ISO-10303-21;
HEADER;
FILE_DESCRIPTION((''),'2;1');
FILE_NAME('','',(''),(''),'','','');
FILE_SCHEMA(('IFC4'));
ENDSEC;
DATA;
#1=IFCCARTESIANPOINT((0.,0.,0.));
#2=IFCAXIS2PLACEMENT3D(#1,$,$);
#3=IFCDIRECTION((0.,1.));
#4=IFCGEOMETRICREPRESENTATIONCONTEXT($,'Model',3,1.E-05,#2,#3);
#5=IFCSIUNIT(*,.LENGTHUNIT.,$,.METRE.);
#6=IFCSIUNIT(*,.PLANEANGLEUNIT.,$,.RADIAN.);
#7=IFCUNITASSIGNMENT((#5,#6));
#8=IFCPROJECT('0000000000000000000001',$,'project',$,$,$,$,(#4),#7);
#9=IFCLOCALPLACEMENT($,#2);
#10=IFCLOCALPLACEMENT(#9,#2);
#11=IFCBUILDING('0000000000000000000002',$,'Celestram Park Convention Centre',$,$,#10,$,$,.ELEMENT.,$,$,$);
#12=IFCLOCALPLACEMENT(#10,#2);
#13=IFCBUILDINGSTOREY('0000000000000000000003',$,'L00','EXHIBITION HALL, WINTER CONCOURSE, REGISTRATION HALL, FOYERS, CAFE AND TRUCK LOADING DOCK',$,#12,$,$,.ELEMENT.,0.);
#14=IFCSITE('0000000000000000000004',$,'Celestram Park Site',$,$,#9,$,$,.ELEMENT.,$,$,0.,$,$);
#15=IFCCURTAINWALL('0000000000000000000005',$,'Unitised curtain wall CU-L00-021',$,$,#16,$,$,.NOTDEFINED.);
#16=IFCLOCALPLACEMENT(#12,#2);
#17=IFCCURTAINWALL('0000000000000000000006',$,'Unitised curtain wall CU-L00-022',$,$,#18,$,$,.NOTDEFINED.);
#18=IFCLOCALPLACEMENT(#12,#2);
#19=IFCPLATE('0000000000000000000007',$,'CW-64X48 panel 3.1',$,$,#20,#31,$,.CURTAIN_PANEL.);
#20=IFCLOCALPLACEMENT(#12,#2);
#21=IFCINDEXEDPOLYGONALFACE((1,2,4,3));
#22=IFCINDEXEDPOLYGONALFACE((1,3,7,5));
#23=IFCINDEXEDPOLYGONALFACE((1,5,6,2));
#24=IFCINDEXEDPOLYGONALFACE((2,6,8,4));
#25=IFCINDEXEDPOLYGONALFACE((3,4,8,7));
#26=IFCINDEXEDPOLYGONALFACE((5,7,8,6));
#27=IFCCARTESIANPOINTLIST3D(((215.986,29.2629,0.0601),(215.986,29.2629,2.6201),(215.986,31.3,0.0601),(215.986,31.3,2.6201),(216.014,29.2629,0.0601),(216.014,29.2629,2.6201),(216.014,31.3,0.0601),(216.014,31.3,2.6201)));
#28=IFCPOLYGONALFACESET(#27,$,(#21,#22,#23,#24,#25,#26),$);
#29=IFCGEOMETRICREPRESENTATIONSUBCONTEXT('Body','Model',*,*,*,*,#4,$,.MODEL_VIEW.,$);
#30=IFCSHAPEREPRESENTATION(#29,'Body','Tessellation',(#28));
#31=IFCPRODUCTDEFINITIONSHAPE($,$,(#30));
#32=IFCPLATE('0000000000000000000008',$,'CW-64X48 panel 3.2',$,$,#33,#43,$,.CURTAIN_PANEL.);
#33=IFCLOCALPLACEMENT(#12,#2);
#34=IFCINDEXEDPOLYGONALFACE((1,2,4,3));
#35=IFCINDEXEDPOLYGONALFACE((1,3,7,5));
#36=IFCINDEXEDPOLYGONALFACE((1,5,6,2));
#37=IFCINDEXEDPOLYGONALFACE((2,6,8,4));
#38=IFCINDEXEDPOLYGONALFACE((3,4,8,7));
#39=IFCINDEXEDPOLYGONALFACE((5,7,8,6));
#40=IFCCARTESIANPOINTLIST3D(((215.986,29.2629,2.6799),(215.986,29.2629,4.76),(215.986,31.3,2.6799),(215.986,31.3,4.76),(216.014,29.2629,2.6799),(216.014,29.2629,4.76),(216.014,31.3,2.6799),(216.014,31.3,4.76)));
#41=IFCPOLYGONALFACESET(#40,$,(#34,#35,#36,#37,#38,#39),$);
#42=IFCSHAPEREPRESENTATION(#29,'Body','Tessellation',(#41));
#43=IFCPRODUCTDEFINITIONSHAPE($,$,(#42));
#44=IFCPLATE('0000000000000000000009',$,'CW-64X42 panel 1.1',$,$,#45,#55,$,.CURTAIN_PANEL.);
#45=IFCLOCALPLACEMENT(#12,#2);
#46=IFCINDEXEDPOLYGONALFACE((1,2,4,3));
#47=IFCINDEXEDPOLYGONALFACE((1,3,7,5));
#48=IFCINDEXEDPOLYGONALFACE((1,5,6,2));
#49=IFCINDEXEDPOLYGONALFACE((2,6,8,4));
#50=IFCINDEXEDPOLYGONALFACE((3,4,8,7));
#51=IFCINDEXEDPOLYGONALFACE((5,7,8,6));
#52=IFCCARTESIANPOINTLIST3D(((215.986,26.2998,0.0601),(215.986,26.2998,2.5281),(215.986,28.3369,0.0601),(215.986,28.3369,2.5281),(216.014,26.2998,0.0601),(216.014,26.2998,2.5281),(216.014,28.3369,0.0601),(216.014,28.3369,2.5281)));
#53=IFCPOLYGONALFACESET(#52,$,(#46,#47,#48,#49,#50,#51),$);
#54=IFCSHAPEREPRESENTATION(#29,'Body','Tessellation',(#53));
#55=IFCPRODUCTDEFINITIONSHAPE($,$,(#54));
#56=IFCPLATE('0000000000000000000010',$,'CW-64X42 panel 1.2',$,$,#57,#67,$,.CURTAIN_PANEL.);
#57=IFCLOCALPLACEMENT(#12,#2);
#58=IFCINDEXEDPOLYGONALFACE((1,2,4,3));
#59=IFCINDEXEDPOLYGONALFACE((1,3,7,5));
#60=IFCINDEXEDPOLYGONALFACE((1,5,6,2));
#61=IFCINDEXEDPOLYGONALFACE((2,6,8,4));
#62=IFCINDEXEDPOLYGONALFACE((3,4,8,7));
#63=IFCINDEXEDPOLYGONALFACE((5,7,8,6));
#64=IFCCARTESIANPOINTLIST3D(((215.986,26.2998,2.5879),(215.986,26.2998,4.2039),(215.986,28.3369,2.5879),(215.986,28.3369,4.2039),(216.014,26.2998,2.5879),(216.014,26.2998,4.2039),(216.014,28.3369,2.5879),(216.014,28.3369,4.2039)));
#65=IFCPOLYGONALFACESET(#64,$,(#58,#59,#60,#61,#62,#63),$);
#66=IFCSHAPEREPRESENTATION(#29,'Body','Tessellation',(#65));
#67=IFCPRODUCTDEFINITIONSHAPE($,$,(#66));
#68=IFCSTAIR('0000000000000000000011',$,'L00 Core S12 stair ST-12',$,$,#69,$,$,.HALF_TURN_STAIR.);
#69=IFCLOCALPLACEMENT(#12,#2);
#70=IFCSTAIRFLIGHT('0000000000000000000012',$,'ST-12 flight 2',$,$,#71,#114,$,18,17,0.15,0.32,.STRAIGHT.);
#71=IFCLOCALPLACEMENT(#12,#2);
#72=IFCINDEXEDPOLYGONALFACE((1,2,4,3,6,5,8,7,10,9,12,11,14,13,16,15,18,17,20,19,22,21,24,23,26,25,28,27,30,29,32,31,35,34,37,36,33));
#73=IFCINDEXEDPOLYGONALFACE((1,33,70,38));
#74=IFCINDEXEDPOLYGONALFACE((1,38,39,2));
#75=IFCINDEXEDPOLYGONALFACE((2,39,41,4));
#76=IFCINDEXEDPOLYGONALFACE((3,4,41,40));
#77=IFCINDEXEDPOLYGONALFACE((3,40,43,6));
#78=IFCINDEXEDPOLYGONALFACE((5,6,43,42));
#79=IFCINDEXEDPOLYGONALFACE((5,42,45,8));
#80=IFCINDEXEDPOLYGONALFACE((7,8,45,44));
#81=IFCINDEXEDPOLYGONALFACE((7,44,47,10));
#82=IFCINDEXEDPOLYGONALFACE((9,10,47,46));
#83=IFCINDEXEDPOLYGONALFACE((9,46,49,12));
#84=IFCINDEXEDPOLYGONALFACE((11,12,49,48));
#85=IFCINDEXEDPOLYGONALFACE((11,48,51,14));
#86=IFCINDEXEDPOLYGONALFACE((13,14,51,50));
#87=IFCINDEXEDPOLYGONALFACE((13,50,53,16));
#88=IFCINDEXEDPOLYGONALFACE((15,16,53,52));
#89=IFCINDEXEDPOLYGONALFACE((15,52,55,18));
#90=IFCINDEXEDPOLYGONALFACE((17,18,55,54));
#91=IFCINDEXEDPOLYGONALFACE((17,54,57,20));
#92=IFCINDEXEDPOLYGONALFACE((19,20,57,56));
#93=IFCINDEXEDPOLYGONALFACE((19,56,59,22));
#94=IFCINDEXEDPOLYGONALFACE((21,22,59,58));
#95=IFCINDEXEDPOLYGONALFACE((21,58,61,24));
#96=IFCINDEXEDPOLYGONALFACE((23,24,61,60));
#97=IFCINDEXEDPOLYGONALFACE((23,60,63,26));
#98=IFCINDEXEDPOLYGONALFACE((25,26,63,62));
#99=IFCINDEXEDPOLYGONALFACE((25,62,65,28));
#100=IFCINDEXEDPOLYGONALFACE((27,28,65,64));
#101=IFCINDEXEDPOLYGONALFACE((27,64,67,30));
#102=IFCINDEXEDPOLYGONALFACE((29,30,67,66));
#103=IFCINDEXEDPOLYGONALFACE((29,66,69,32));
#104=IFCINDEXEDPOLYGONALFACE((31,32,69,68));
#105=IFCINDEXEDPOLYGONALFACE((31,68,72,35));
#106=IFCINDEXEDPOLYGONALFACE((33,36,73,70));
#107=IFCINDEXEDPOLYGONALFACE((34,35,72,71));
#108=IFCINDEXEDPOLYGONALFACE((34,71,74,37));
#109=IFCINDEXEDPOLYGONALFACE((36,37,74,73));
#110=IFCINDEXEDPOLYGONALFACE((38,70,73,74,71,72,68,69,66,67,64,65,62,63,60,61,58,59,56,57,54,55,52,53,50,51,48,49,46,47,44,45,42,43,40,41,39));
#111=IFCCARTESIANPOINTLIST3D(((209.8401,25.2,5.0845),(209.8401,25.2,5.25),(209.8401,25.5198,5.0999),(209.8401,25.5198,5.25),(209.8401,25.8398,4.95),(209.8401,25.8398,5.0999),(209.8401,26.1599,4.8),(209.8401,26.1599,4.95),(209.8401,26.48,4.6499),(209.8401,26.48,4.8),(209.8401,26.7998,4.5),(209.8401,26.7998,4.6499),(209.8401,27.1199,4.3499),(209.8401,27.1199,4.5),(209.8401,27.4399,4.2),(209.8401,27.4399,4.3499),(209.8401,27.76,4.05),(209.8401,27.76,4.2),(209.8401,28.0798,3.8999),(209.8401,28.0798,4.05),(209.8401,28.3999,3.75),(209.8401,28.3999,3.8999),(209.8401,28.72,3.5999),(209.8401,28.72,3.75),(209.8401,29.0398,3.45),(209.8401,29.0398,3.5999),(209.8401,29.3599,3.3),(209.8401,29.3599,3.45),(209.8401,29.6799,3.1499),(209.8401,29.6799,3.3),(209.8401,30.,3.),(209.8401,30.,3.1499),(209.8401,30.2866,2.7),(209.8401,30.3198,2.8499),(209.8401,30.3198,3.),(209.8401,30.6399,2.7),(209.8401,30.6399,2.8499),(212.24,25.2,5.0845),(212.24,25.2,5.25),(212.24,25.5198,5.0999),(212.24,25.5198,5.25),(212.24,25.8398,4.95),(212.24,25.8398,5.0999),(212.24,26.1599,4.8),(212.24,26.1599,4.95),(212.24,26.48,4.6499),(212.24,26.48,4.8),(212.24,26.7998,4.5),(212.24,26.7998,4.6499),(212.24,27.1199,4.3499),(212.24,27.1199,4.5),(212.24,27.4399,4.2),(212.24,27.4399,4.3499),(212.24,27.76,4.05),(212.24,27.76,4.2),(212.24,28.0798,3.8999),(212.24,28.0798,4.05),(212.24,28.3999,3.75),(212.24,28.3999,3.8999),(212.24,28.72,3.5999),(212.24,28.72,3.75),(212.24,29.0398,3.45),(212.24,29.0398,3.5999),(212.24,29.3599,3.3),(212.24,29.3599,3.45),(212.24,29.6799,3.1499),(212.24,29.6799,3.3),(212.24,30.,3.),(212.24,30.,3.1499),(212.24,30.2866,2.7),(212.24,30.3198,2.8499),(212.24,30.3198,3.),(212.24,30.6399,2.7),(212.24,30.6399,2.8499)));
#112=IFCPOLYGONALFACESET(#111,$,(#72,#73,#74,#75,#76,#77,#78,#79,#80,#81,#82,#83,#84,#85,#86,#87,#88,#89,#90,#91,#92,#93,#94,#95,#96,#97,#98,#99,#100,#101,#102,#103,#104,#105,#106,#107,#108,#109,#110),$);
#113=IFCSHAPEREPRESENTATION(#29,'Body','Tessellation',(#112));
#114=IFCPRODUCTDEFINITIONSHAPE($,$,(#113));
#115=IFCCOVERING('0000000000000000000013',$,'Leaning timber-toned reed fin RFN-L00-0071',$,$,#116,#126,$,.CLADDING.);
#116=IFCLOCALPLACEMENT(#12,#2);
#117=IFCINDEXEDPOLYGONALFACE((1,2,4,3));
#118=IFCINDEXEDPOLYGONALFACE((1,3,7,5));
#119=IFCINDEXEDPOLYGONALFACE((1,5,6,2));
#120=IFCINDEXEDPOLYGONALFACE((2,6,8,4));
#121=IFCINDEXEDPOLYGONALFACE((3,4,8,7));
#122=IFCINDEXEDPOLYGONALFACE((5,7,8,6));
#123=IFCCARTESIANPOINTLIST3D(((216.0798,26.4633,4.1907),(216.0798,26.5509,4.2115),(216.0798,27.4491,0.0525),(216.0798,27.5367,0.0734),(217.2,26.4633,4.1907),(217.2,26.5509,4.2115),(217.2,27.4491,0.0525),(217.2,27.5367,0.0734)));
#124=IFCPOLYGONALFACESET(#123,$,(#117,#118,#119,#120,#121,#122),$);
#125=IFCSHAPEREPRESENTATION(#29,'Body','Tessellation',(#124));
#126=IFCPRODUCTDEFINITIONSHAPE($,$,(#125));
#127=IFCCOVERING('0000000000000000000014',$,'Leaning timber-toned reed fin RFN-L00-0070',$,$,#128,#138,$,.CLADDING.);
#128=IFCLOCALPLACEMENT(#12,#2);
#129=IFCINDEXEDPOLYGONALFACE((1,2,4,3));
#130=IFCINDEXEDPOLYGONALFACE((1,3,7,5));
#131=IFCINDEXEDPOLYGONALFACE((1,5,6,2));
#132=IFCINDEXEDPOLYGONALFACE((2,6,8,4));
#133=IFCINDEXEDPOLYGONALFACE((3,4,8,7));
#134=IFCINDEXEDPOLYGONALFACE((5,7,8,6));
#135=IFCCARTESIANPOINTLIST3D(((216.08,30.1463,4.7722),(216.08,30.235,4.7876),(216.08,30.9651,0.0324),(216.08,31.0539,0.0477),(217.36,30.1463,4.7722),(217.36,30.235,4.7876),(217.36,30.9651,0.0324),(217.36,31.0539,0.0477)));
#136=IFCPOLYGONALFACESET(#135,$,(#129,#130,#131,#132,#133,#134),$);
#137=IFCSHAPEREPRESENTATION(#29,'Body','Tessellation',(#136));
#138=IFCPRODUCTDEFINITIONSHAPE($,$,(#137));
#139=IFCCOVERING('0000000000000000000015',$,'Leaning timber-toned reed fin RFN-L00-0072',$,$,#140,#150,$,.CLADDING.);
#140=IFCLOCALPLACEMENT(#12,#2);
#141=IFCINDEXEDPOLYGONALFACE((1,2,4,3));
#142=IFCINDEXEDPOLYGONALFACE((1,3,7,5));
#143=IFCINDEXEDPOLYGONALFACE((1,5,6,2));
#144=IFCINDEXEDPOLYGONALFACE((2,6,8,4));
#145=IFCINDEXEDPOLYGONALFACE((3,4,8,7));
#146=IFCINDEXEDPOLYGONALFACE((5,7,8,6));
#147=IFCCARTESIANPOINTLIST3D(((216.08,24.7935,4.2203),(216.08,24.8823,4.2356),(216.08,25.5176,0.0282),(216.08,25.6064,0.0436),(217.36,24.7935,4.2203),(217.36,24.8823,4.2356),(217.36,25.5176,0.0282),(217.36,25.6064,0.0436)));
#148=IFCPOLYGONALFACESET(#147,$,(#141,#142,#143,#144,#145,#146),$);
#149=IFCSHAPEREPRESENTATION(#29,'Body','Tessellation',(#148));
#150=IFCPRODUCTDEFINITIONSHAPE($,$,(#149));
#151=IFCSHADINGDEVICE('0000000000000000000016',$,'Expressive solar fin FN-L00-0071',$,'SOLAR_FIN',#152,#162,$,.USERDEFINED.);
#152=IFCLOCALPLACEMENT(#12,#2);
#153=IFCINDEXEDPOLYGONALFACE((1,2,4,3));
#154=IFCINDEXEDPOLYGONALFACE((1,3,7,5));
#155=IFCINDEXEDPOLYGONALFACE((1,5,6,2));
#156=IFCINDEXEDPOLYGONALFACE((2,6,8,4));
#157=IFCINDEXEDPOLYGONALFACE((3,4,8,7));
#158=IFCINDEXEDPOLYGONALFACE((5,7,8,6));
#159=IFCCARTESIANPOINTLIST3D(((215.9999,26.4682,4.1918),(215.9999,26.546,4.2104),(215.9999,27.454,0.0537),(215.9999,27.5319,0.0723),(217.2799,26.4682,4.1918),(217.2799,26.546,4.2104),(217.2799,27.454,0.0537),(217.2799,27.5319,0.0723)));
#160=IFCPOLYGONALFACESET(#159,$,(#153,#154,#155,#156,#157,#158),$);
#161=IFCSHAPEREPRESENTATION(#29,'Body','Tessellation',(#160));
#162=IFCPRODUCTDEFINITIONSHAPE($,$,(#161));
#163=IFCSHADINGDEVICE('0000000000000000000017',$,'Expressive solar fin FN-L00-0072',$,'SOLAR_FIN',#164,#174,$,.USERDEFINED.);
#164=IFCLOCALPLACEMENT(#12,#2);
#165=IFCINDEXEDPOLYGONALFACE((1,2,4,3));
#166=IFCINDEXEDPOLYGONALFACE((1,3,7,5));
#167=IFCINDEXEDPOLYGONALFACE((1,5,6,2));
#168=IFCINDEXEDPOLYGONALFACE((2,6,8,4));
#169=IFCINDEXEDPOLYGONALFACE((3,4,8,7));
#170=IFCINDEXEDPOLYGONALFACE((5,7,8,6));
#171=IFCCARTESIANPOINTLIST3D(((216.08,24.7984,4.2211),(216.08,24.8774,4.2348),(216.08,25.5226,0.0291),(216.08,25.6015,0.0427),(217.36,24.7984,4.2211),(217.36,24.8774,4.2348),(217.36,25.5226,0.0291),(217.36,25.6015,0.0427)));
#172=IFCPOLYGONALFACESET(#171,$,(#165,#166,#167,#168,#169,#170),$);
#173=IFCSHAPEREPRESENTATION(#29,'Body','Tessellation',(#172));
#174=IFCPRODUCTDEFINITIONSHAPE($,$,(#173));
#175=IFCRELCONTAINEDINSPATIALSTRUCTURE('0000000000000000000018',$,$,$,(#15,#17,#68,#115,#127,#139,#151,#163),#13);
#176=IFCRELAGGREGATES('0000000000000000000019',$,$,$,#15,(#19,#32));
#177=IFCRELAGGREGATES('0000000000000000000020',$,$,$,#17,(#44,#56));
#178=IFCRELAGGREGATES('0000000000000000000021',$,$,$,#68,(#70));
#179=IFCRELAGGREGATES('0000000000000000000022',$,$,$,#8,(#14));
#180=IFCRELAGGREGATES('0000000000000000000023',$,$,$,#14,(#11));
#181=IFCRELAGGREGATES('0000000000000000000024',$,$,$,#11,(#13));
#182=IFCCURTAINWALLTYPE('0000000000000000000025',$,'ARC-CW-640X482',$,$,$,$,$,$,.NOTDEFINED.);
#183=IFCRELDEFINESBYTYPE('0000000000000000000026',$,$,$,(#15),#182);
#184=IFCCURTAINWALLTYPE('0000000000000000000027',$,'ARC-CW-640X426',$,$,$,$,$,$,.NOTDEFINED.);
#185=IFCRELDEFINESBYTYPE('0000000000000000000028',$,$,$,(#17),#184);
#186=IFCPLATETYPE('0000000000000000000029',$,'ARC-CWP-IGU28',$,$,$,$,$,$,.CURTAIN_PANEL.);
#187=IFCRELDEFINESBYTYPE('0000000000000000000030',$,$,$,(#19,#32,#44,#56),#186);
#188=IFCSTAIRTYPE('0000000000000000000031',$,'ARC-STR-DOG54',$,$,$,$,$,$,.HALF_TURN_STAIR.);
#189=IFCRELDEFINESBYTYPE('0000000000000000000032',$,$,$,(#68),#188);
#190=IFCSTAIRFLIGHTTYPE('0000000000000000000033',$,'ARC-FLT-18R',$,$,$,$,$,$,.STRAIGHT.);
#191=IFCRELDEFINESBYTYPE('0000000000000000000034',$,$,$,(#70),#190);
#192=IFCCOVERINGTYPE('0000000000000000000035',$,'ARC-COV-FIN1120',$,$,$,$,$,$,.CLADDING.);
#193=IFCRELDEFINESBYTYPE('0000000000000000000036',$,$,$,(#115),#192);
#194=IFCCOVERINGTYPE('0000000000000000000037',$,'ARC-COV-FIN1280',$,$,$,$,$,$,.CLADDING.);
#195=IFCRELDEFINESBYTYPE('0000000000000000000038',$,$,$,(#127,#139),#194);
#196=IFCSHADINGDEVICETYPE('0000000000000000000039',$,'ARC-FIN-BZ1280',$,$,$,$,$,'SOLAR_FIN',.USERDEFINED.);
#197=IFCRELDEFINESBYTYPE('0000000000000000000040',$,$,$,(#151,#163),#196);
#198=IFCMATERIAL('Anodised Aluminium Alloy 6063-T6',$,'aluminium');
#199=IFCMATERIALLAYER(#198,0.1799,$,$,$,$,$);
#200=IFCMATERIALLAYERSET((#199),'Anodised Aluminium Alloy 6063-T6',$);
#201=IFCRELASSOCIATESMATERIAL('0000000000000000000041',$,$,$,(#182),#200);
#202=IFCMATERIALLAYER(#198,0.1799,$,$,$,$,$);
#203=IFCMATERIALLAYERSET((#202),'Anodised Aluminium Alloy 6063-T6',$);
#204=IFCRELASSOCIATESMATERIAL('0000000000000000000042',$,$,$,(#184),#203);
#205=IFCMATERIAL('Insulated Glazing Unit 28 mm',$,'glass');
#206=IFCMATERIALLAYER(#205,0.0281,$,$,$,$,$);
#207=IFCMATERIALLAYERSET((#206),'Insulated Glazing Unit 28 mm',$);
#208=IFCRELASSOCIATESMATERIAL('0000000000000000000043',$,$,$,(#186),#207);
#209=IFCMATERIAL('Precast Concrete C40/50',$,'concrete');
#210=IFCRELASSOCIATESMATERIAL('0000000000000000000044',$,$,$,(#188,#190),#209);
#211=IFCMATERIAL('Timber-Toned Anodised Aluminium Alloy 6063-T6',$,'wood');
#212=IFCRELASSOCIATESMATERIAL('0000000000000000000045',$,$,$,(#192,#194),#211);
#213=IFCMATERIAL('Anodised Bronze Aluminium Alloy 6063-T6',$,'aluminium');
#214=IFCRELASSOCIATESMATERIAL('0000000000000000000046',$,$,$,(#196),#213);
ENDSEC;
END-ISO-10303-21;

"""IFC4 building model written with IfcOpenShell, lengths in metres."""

from ifc_helpers import new_model, si_unit, direction, frame, origin, origin_2d, place, context, subcontext, project, spatial, polyline, rectangle, outline, extrude, material, layer, layer_set, material_profile, profile_set, type_object, element, aggregate, save


model = new_model("IFC4")

# Units and contexts
model_context = context("Model", 3, precision=1e-05, world=origin(), true_north=direction((0.0, 1.0)))
body_context = subcontext(model_context, "Body", "Model", "MODEL_VIEW")
ifc_project = project(units=[si_unit("LENGTHUNIT", "METRE"), si_unit("PLANEANGLEUNIT", "RADIAN")], contexts=[model_context])

# Site, building, storey
site_placement = place(None, origin())
site = spatial("IfcSite", under=ifc_project, at=site_placement, Name="Celestram Park Site", CompositionType="ELEMENT", RefElevation=0.0)
building_placement = place(site_placement, origin())
building = spatial("IfcBuilding", under=site, at=building_placement, Name="Celestram Park Convention Centre", CompositionType="ELEMENT")
storey_placement = place(building_placement, origin())
storey = spatial("IfcBuildingStorey", under=building, at=storey_placement, Name="L00", Description="EXHIBITION HALL, WINTER CONCOURSE, REGISTRATION HALL, FOYERS, CAFE AND TRUCK LOADING DOCK", CompositionType="ELEMENT", Elevation=0.0)

# Curtain wall
ifc_material_1 = material(Name="Anodised Aluminium Alloy 6063-T6", Category="aluminium")
ifc_layer_1 = layer(ifc_material_1, 0.1799)
ifc_layer_set_1 = layer_set([ifc_layer_1], Name="Anodised Aluminium Alloy 6063-T6")
curtain_wall_type_1 = type_object("IfcCurtainWallType", Name="ARC-CW-640X482", PredefinedType="NOTDEFINED", material=ifc_layer_set_1)
curtain_wall_1_placement = place(storey_placement, origin())
curtain_wall_1 = element("IfcCurtainWall", 1, at=curtain_wall_1_placement, inside=storey, type_object=curtain_wall_type_1, Name="Unitised curtain wall CU-L00-021", PredefinedType="NOTDEFINED")

# Curtain wall
ifc_layer_2 = layer(ifc_material_1, 0.1799)
ifc_layer_set_2 = layer_set([ifc_layer_2], Name="Anodised Aluminium Alloy 6063-T6")
curtain_wall_type_2 = type_object("IfcCurtainWallType", Name="ARC-CW-640X426", PredefinedType="NOTDEFINED", material=ifc_layer_set_2)
curtain_wall_2_placement = place(storey_placement, origin())
curtain_wall_2 = element("IfcCurtainWall", 2, at=curtain_wall_2_placement, inside=storey, type_object=curtain_wall_type_2, Name="Unitised curtain wall CU-L00-022", PredefinedType="NOTDEFINED")

# Plates
ifc_material_2 = material(Name="Insulated Glazing Unit 28 mm", Category="glass")
ifc_layer_3 = layer(ifc_material_2, 0.0281)
ifc_layer_set_3 = layer_set([ifc_layer_3], Name="Insulated Glazing Unit 28 mm")
plate_type = type_object("IfcPlateType", Name="ARC-CWP-IGU28", PredefinedType="CURTAIN_PANEL", material=ifc_layer_set_3)
plate_1_placement = place(storey_placement, frame((216.0, 30.2815, 0.0601), z_axis=(0.0, 0.0, 1.0), x_axis=(0.0, -1.0, 0.0)))
plate_1 = element("IfcPlate", 3, at=plate_1_placement, type_object=plate_type, Name="CW-64X48 panel 3.1", PredefinedType="CURTAIN_PANEL", context=body_context, shape_type="SweptSolid", body=[
    extrude(rectangle(XDim=2.0371, YDim=0.0281, at=origin_2d()), origin(), (0.0, 0.0, 1.0), 2.5601),
])
plate_2_placement = place(storey_placement, frame((216.0, 30.2815, 2.6799), z_axis=(0.0, 0.0, 1.0), x_axis=(0.0, -1.0, 0.0)))
plate_2 = element("IfcPlate", 4, at=plate_2_placement, type_object=plate_type, Name="CW-64X48 panel 3.2", PredefinedType="CURTAIN_PANEL", context=body_context, shape_type="SweptSolid", body=[
    extrude(rectangle(XDim=2.0371, YDim=0.0281, at=origin_2d()), origin(), (0.0, 0.0, 1.0), 2.0801),
])
aggregate(curtain_wall_1, [plate_1, plate_2])
plate_3_placement = place(storey_placement, frame((216.0, 27.3184, 0.0601), z_axis=(0.0, 0.0, 1.0), x_axis=(0.0, -1.0, 0.0)))
plate_3 = element("IfcPlate", 5, at=plate_3_placement, type_object=plate_type, Name="CW-64X42 panel 1.1", PredefinedType="CURTAIN_PANEL", context=body_context, shape_type="SweptSolid", body=[
    extrude(rectangle(XDim=2.0371, YDim=0.0281, at=origin_2d()), origin(), (0.0, 0.0, 1.0), 2.468),
])
plate_4_placement = place(storey_placement, frame((216.0, 27.3184, 2.5879), z_axis=(0.0, 0.0, 1.0), x_axis=(0.0, -1.0, 0.0)))
plate_4 = element("IfcPlate", 6, at=plate_4_placement, type_object=plate_type, Name="CW-64X42 panel 1.2", PredefinedType="CURTAIN_PANEL", context=body_context, shape_type="SweptSolid", body=[
    extrude(rectangle(XDim=2.0371, YDim=0.0281, at=origin_2d()), origin(), (0.0, 0.0, 1.0), 1.616),
])
aggregate(curtain_wall_2, [plate_3, plate_4])

# Stair, stair flight
ifc_material_3 = material(Name="Precast Concrete C40/50", Category="concrete")
stair_type = type_object("IfcStairType", Name="ARC-STR-DOG54", PredefinedType="HALF_TURN_STAIR", material=ifc_material_3)
stair_placement = place(storey_placement, origin())
stair = element("IfcStair", 7, at=stair_placement, inside=storey, type_object=stair_type, Name="L00 Core S12 stair ST-12", PredefinedType="HALF_TURN_STAIR")
stair_flight_type = type_object("IfcStairFlightType", Name="ARC-FLT-18R", PredefinedType="STRAIGHT", material=ifc_material_3)
stair_flight_placement = place(storey_placement, frame((211.04, 30.6399, 2.7), z_axis=(0.0, 0.0, 1.0), x_axis=(0.0, -1.0, 0.0)))
stair_flight = element("IfcStairFlight", 8, at=stair_flight_placement, type_object=stair_flight_type, Name="ST-12 flight 2", NumberOfRisers=18, NumberOfTreads=17, PredefinedType="STRAIGHT", RiserHeight=0.15, TreadLength=0.32, context=body_context, shape_type="SweptSolid", body=[
    extrude(outline(polyline([(0.0, 0.0), (0.0, 0.1499), (0.3201, 0.1499), (0.3201, 0.3), (0.6399, 0.3), (0.6399, 0.45), (0.96, 0.45), (0.96, 0.6001), (1.28, 0.6001), (1.28, 0.75), (1.6001, 0.75), (1.6001, 0.8999), (1.9199, 0.8999), (1.9199, 1.05), (2.24, 1.05), (2.24, 1.2), (2.5601, 1.2), (2.5601, 1.3501), (2.8799, 1.3501), (2.8799, 1.5), (3.2, 1.5), (3.2, 1.6499), (3.52, 1.6499), (3.52, 1.8), (3.8401, 1.8), (3.8401, 1.95), (4.1599, 1.95), (4.1599, 2.1001), (4.48, 2.1001), (4.48, 2.25), (4.8, 2.25), (4.8, 2.3999), (5.1201, 2.3999), (5.1201, 2.55), (5.4399, 2.55), (5.4399, 2.7), (5.4399, 2.3845), (0.3533, 0.0), (0.0, 0.0)])), frame((0.0, 1.2, 0.0), z_axis=(0.0, -1.0, 0.0), x_axis=(1.0, 0.0, 0.0)), (0.0, 0.0, 1.0), 2.3999),
])
aggregate(stair, [stair_flight])

# Coverings
ifc_material_4 = material(Name="Timber-Toned Anodised Aluminium Alloy 6063-T6", Category="wood")
ifc_material_profile_1 = material_profile(ifc_material_4, rectangle(XDim=1.1201, YDim=0.0901, at=origin_2d()), Name="REED1120X90")
ifc_profile_set_1 = profile_set([ifc_material_profile_1], Name="Timber-Toned Anodised Aluminium Alloy 6063-T6")
covering_type_1 = type_object("IfcCoveringType", Name="ARC-COV-FIN1120", PredefinedType="CLADDING", material=ifc_profile_set_1)
covering_1_placement = place(storey_placement, frame((216.6399, 27.4929, 0.063), z_axis=(0.0, -0.231745, 0.972777), x_axis=(1.0, 0.0, 0.0)))
element("IfcCovering", 9, at=covering_1_placement, inside=storey, type_object=covering_type_1, Name="Leaning timber-toned reed fin RFN-L00-0071", PredefinedType="CLADDING", context=body_context, shape_type="SweptSolid", body=[
    extrude(rectangle(XDim=1.1201, YDim=0.0901, at=origin_2d()), origin(), (0.0, 0.0, 1.0), 4.2539),
])
ifc_material_profile_2 = material_profile(ifc_material_4, rectangle(XDim=1.28, YDim=0.0901, at=origin_2d()), Name="REED1280X90")
ifc_profile_set_2 = profile_set([ifc_material_profile_2], Name="Timber-Toned Anodised Aluminium Alloy 6063-T6")
covering_type_2 = type_object("IfcCoveringType", Name="ARC-COV-FIN1280", PredefinedType="CLADDING", material=ifc_profile_set_2)
covering_2_placement = place(storey_placement, frame((216.72, 31.0095, 0.04), z_axis=(0.0, -0.17024, 0.985403), x_axis=(1.0, 0.0, 0.0)))
element("IfcCovering", 10, at=covering_2_placement, inside=storey, type_object=covering_type_2, Name="Leaning timber-toned reed fin RFN-L00-0070", PredefinedType="CLADDING", context=body_context, shape_type="SweptSolid", body=[
    extrude(rectangle(XDim=1.28, YDim=0.0901, at=origin_2d()), origin(), (0.0, 0.0, 1.0), 4.8101),
])
covering_3_placement = place(storey_placement, frame((216.72, 25.562, 0.0359), z_axis=(0.0, -0.170212, 0.985407), x_axis=(1.0, 0.0, 0.0)))
element("IfcCovering", 11, at=covering_3_placement, inside=storey, type_object=covering_type_2, Name="Leaning timber-toned reed fin RFN-L00-0072", PredefinedType="CLADDING", context=body_context, shape_type="SweptSolid", body=[
    extrude(rectangle(XDim=1.28, YDim=0.0901, at=origin_2d()), origin(), (0.0, 0.0, 1.0), 4.2542),
])

# Shading devices
ifc_material_5 = material(Name="Anodised Bronze Aluminium Alloy 6063-T6", Category="aluminium")
ifc_material_profile_3 = material_profile(ifc_material_5, rectangle(XDim=1.28, YDim=0.0801, at=origin_2d()), Name="FIN1280X80")
ifc_profile_set_3 = profile_set([ifc_material_profile_3], Name="Anodised Bronze Aluminium Alloy 6063-T6")
shading_device_type = type_object("IfcShadingDeviceType", Name="ARC-FIN-BZ1280", ElementType="SOLAR_FIN", PredefinedType="USERDEFINED", material=ifc_profile_set_3)
shading_device_1_placement = place(storey_placement, frame((216.6399, 27.4929, 0.063), z_axis=(0.0, -0.231745, 0.972777), x_axis=(1.0, 0.0, 0.0)))
element("IfcShadingDevice", 12, at=shading_device_1_placement, inside=storey, type_object=shading_device_type, Name="Expressive solar fin FN-L00-0071", ObjectType="SOLAR_FIN", PredefinedType="USERDEFINED", context=body_context, shape_type="SweptSolid", body=[
    extrude(rectangle(XDim=1.28, YDim=0.0801, at=origin_2d()), origin(), (0.0, 0.0, 1.0), 4.2539),
])
shading_device_2_placement = place(storey_placement, frame((216.72, 25.562, 0.0359), z_axis=(0.0, -0.170212, 0.985407), x_axis=(1.0, 0.0, 0.0)))
element("IfcShadingDevice", 13, at=shading_device_2_placement, inside=storey, type_object=shading_device_type, Name="Expressive solar fin FN-L00-0072", ObjectType="SOLAR_FIN", PredefinedType="USERDEFINED", context=body_context, shape_type="SweptSolid", body=[
    extrude(rectangle(XDim=1.28, YDim=0.0801, at=origin_2d()), origin(), (0.0, 0.0, 1.0), 4.2542),
])

save(model, "model.ifc")
